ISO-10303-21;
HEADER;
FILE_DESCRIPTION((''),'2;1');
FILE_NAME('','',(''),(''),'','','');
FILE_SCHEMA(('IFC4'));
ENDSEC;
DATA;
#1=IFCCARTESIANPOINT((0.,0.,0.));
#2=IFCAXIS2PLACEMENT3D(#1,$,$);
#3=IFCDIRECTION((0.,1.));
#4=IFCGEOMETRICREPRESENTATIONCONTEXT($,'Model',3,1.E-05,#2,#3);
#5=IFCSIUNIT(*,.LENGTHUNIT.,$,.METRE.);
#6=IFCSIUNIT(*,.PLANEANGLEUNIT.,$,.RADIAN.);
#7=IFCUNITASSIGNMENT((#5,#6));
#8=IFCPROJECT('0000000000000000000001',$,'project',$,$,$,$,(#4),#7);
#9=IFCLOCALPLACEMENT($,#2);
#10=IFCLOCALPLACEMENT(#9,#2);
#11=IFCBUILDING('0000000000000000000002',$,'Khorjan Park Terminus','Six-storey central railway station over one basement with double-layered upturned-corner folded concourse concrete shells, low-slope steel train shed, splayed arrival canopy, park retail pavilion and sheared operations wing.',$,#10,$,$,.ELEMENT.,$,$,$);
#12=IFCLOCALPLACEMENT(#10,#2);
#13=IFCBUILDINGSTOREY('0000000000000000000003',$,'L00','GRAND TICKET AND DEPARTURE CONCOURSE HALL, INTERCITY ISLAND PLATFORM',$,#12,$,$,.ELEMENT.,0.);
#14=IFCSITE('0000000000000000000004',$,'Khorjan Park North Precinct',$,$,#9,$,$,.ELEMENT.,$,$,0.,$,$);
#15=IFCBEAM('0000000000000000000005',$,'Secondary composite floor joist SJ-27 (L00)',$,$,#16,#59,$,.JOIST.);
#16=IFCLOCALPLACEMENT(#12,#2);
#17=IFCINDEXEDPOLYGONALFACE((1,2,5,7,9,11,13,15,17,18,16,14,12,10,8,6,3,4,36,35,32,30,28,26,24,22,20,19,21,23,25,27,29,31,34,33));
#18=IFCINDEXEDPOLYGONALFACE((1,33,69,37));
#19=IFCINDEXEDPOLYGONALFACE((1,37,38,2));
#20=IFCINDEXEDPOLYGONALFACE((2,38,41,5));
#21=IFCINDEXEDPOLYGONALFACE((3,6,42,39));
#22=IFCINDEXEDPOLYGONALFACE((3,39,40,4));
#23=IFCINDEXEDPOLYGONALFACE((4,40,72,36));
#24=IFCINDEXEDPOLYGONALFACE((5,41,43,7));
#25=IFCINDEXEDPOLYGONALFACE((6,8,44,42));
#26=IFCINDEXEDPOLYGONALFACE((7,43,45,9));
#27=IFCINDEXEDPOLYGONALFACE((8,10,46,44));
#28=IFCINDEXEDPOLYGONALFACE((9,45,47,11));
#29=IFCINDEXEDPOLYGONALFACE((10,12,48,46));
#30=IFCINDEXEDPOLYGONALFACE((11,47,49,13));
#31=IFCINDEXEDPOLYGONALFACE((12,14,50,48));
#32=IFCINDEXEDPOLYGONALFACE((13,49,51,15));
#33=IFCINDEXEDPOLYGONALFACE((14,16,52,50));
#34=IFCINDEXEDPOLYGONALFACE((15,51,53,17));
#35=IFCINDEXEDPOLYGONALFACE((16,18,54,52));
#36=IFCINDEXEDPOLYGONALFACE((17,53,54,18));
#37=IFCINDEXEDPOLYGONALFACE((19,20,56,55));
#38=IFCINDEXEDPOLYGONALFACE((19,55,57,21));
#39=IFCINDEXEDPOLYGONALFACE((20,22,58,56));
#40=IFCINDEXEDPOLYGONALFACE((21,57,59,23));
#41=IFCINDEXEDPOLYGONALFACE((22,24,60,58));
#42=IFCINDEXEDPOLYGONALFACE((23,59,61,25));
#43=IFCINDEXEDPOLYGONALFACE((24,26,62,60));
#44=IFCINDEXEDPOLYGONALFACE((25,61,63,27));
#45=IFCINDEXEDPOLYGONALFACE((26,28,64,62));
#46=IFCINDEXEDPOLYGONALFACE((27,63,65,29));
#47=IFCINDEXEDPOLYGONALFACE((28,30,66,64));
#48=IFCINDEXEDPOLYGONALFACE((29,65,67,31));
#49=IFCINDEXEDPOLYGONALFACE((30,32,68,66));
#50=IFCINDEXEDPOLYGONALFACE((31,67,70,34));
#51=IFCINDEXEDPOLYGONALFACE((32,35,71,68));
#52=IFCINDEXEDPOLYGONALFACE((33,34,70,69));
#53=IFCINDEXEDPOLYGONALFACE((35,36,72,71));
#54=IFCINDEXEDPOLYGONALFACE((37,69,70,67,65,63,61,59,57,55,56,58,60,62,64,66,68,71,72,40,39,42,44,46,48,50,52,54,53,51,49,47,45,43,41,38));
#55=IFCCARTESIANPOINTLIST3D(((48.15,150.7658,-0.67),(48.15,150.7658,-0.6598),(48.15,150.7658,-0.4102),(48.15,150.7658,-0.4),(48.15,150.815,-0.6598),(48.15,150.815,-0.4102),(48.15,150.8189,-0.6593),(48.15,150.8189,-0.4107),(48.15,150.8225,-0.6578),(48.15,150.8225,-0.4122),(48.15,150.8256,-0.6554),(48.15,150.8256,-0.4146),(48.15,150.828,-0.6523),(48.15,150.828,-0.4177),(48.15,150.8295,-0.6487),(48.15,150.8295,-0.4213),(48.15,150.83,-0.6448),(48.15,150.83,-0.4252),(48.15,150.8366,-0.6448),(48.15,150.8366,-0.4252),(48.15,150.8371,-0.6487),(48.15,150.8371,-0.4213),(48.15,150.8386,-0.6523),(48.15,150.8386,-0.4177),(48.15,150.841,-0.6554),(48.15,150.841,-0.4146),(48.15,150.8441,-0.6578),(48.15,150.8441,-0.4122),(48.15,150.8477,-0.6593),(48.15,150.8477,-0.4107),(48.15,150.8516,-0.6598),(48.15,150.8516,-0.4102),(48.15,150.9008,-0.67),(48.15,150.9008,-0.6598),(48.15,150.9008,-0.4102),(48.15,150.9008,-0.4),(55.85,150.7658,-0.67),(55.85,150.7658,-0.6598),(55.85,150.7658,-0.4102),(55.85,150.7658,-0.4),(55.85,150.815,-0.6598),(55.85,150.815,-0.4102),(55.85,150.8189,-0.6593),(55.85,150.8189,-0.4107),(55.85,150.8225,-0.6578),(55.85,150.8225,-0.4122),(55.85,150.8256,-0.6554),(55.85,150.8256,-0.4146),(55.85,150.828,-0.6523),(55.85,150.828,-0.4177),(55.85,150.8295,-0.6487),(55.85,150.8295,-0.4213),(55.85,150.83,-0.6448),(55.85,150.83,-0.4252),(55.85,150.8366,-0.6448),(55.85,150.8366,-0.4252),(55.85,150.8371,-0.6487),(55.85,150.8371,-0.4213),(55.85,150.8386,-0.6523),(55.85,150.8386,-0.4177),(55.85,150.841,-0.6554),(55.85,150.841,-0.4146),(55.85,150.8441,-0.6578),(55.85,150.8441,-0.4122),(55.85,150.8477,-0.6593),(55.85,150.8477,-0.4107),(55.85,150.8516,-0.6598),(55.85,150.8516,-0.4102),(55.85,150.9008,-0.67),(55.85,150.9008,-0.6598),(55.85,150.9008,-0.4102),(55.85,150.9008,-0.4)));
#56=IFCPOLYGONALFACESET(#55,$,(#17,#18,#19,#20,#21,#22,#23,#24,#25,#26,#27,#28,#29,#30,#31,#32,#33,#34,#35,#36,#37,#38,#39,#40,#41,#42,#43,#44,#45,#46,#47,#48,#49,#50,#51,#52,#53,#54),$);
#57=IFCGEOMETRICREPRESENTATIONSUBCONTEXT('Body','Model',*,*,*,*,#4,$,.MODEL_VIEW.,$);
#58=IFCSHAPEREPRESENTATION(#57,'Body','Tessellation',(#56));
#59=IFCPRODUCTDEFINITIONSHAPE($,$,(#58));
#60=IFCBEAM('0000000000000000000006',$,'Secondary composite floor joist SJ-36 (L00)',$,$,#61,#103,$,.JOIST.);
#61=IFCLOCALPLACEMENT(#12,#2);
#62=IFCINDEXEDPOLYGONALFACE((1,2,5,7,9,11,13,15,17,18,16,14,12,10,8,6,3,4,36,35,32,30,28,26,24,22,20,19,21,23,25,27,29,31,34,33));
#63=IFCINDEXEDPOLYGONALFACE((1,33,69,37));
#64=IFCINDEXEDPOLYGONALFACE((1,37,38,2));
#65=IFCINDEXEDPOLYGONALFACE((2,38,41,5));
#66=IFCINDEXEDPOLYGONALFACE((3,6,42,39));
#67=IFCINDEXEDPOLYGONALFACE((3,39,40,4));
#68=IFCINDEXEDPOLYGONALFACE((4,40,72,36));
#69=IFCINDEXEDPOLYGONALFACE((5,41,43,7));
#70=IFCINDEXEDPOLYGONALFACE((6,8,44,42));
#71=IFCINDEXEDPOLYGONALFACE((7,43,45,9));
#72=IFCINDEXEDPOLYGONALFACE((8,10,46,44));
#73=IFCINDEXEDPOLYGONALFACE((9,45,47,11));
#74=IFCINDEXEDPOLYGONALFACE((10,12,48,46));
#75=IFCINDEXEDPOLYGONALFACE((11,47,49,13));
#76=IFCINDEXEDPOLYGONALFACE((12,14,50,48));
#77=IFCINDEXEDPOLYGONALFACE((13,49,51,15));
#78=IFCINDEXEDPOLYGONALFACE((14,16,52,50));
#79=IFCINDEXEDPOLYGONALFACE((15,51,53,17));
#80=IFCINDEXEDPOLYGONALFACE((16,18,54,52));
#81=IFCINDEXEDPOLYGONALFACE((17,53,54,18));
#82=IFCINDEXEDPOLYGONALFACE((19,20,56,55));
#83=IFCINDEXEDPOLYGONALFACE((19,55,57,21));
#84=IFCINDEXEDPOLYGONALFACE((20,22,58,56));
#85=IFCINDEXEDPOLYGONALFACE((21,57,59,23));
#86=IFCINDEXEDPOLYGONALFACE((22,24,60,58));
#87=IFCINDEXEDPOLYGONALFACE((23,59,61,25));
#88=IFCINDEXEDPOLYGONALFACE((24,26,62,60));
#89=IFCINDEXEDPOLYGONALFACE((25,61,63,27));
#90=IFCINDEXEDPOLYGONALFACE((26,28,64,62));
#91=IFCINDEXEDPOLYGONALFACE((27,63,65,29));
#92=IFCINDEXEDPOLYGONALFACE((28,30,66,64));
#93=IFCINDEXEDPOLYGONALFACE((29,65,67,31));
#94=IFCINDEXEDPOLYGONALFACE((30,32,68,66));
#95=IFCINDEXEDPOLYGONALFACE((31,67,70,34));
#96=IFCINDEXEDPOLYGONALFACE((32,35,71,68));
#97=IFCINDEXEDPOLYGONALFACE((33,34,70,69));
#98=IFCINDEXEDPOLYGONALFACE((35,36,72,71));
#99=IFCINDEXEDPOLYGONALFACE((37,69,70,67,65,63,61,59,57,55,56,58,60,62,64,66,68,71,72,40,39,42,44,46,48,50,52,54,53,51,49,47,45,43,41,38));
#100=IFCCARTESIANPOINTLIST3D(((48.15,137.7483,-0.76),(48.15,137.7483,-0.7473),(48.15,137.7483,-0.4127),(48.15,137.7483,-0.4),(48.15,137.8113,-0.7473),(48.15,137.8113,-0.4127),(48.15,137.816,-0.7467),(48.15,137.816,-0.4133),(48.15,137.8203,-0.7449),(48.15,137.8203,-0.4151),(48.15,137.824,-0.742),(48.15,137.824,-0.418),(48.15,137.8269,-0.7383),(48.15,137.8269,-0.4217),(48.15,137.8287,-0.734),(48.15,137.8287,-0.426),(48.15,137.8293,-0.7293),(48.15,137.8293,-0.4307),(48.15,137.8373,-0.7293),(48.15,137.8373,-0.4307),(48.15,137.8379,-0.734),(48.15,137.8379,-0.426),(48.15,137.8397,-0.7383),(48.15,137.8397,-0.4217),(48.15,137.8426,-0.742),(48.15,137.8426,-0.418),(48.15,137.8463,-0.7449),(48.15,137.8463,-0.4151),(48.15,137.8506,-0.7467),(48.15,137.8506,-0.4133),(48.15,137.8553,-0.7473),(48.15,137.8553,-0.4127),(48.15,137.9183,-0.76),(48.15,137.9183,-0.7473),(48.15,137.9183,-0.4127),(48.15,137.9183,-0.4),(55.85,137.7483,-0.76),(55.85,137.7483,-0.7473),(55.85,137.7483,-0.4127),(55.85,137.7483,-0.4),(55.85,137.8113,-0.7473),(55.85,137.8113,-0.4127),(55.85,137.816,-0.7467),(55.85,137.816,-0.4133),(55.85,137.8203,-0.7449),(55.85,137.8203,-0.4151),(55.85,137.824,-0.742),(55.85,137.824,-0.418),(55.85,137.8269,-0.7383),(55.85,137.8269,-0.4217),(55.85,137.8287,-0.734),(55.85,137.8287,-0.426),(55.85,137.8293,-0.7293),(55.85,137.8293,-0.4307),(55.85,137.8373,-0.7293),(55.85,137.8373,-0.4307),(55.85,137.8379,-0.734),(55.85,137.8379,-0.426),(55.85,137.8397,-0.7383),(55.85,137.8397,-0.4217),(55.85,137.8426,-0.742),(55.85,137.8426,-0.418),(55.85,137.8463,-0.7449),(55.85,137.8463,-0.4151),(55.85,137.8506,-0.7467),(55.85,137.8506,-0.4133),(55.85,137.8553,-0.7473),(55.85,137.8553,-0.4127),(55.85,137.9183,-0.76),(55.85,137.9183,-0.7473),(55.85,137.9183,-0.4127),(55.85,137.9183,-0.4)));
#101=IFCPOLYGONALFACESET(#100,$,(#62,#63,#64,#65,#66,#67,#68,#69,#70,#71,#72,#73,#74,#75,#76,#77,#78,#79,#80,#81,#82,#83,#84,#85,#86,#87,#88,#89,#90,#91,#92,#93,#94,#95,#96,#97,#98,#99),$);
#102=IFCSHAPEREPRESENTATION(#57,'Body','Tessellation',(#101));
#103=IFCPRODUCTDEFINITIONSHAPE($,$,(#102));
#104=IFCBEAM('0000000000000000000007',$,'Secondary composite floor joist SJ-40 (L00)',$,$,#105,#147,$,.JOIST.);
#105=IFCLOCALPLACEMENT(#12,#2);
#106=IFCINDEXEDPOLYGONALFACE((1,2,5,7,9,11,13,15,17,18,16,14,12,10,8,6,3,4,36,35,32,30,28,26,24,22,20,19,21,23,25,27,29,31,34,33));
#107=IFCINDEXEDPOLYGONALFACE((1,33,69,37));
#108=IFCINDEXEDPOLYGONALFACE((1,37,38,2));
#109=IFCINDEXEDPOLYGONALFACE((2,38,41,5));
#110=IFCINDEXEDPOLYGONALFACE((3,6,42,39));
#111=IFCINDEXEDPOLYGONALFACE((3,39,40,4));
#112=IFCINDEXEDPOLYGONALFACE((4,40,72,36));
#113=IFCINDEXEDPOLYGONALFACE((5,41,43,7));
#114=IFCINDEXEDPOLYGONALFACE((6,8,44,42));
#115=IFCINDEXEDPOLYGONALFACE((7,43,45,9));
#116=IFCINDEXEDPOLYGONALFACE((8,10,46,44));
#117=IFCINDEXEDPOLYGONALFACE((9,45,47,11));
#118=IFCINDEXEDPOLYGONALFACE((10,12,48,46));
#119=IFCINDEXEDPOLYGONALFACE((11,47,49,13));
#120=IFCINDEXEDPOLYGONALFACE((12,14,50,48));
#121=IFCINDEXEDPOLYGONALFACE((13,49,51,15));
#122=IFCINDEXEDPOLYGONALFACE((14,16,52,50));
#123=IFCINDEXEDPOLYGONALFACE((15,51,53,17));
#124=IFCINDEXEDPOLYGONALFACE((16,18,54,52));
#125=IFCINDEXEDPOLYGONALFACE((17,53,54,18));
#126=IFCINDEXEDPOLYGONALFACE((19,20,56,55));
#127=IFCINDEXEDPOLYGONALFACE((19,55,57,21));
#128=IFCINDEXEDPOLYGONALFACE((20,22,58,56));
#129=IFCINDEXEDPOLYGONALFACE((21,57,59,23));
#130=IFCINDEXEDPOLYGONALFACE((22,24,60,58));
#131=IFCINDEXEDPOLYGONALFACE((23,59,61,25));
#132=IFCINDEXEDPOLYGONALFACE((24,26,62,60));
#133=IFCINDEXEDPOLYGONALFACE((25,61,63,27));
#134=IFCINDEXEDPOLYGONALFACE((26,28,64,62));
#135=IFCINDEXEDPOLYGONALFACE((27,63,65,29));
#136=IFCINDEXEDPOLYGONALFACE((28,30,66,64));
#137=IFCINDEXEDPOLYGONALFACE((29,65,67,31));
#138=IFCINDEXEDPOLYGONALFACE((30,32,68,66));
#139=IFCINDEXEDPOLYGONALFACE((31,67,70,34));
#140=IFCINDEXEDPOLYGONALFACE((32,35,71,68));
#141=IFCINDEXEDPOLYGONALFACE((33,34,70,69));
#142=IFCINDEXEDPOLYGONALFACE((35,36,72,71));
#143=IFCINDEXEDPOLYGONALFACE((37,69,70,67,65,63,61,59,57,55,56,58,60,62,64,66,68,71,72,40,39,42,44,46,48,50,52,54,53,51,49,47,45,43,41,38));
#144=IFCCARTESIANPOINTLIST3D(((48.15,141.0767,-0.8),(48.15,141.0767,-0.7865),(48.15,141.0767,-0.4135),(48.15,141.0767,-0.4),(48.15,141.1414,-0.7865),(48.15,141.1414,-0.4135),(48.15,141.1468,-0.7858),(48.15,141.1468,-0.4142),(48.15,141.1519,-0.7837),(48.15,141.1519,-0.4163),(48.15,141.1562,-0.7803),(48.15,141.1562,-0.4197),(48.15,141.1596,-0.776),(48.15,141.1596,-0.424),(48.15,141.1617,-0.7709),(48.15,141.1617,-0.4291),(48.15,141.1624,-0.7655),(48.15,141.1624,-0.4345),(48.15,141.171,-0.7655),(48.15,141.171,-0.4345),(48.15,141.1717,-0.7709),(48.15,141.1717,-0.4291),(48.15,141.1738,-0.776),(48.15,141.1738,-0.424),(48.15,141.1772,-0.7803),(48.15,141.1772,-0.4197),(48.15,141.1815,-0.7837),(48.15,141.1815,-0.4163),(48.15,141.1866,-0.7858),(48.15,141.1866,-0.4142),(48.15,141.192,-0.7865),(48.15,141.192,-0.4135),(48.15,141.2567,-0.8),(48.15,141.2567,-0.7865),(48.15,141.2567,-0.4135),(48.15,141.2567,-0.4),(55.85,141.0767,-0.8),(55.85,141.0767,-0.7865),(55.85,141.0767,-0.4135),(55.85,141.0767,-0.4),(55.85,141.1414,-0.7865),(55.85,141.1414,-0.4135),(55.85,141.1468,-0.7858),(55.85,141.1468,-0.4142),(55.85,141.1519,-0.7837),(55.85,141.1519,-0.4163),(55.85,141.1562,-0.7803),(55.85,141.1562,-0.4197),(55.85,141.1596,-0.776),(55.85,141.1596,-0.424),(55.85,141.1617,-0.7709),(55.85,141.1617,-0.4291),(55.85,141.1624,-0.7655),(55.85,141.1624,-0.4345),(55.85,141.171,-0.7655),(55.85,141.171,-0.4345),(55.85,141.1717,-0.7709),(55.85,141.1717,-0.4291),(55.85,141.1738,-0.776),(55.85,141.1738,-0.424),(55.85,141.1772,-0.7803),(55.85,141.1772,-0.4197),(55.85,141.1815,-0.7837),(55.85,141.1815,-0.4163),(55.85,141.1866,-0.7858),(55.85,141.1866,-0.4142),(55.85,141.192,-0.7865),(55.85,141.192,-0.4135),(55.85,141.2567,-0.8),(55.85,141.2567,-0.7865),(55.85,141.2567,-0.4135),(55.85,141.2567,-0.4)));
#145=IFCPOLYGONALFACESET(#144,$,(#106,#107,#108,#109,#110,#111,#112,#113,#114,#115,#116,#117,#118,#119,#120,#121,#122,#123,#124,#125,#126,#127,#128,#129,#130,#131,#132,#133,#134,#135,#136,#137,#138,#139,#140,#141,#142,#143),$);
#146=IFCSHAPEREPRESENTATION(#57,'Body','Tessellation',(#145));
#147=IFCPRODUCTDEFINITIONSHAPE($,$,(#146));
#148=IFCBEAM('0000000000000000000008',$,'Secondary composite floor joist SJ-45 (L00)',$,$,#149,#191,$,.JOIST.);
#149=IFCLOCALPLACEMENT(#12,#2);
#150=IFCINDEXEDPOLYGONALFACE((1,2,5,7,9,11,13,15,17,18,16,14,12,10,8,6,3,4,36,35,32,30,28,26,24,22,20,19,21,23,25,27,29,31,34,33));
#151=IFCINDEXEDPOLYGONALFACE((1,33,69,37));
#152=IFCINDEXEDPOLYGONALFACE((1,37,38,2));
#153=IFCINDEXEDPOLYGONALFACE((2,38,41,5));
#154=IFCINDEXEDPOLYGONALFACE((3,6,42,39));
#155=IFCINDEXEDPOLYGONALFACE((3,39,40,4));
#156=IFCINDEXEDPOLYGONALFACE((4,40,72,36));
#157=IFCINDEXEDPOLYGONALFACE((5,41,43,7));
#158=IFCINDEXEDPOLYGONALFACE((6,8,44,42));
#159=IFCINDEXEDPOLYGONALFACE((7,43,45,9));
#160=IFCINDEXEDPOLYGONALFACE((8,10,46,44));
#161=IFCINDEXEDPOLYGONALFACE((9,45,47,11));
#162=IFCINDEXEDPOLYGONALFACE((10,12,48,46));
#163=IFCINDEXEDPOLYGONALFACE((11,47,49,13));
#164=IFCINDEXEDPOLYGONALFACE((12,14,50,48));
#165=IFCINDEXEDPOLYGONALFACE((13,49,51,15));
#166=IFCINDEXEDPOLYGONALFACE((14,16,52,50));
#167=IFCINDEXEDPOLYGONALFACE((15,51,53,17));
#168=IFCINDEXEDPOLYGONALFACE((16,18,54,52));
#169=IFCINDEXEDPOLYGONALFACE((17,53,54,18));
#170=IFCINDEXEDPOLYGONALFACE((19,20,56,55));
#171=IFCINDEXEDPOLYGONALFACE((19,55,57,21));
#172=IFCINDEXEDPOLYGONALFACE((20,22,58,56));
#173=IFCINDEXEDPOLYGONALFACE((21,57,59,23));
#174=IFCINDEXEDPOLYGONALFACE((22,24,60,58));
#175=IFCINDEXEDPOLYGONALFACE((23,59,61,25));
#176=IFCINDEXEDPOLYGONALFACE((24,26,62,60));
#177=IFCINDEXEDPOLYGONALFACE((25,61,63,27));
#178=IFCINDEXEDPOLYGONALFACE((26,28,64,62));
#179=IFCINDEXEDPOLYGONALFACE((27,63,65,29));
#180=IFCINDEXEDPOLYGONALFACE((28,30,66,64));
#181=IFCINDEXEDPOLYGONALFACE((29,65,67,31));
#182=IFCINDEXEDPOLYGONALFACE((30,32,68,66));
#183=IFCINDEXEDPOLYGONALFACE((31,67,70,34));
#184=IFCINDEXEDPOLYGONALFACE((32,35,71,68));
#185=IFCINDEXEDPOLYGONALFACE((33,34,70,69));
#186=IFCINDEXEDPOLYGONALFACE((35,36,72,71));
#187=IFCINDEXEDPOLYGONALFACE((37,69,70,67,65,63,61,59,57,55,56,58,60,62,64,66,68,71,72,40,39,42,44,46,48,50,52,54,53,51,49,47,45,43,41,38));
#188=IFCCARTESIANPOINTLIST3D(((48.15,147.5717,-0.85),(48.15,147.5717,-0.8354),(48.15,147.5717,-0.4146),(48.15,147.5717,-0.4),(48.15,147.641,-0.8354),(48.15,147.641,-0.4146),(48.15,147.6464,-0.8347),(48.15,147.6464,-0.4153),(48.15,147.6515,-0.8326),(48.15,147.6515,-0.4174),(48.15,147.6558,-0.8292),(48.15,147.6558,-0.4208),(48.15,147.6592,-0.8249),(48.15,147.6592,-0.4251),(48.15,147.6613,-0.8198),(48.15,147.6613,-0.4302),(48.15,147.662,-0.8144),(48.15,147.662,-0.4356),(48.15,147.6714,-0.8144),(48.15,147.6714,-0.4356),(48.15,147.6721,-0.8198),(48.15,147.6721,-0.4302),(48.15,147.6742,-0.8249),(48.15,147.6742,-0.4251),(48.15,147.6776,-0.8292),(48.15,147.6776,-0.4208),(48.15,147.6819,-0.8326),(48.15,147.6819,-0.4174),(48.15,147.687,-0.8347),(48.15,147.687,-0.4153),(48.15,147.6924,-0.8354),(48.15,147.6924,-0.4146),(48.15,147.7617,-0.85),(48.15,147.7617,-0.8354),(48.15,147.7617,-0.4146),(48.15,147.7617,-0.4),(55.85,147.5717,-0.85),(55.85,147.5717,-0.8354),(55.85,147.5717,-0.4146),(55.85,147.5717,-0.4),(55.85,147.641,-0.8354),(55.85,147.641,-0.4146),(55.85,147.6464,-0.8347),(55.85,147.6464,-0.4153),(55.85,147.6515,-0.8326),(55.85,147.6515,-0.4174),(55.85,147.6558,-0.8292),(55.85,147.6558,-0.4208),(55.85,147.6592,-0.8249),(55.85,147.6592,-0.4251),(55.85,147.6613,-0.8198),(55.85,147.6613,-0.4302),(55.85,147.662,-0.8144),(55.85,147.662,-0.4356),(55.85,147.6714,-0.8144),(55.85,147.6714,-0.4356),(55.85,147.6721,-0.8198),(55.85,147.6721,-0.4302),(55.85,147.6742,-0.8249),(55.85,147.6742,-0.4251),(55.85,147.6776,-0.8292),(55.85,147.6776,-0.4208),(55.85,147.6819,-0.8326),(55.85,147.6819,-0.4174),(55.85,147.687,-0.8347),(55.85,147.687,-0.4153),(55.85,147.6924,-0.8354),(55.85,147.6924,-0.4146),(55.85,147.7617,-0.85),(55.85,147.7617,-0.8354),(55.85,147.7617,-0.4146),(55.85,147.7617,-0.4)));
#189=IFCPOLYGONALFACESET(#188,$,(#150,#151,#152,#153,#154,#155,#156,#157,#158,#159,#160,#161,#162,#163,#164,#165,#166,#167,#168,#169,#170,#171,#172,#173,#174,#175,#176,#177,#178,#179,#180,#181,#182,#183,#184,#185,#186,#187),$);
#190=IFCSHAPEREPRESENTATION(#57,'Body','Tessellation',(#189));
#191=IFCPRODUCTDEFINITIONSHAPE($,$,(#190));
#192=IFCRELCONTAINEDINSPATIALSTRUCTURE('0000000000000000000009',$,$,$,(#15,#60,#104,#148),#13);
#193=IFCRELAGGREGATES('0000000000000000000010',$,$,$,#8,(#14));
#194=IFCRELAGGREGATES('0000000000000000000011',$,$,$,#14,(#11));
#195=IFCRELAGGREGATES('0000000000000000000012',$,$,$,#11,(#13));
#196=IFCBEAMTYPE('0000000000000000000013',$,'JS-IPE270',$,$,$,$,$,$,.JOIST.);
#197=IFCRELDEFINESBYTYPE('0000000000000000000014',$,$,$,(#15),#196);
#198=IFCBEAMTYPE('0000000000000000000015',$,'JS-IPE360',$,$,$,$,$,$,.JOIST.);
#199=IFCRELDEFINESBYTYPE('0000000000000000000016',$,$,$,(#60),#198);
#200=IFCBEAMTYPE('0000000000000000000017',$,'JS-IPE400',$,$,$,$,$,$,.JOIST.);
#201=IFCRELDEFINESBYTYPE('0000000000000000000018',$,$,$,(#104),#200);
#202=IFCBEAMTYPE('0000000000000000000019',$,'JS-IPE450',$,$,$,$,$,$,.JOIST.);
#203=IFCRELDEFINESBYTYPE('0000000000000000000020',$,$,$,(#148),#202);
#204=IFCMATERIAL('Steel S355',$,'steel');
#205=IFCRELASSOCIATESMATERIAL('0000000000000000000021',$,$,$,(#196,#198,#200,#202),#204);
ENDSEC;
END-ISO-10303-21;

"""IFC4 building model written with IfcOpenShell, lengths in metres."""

from ifc_helpers import new_model, si_unit, direction, frame, origin, origin_2d, place, context, subcontext, project, spatial, i_section, extrude, material, material_profile, profile_set, type_object, element, save


model = new_model("IFC4")

# Units and contexts
model_context = context("Model", 3, precision=1e-05, world=origin(), true_north=direction((0.0, 1.0)))
body_context = subcontext(model_context, "Body", "Model", "MODEL_VIEW")
ifc_project = project(units=[si_unit("LENGTHUNIT", "METRE"), si_unit("PLANEANGLEUNIT", "RADIAN")], contexts=[model_context])

# Site, building, storey
site_placement = place(None, origin())
site = spatial("IfcSite", under=ifc_project, at=site_placement, Name="Khorjan Park North Precinct", CompositionType="ELEMENT", RefElevation=0.0)
building_placement = place(site_placement, origin())
building = spatial("IfcBuilding", under=site, at=building_placement, Name="Khorjan Park Terminus", Description="Six-storey central railway station over one basement with double-layered upturned-corner folded concourse concrete shells, low-slope steel train shed, splayed arrival canopy, park retail pavilion and sheared operations wing.", CompositionType="ELEMENT")
storey_placement = place(building_placement, origin())
storey = spatial("IfcBuildingStorey", under=building, at=storey_placement, Name="L00", Description="GRAND TICKET AND DEPARTURE CONCOURSE HALL, INTERCITY ISLAND PLATFORM", CompositionType="ELEMENT", Elevation=0.0)

# Shared definitions
ifc_material = material(Name="Steel S355", Category="steel")

# Beams
ifc_material_profile_1 = material_profile(ifc_material, i_section(OverallWidth=0.135, OverallDepth=0.27, WebThickness=0.0066, FlangeThickness=0.0102, FilletRadius=0.015, at=origin_2d()), Name="IPE 270")
ifc_profile_set_1 = profile_set([ifc_material_profile_1], Name="Steel S355")
beam_type_1 = type_object("IfcBeamType", Name="JS-IPE270", PredefinedType="JOIST", material=ifc_profile_set_1)
beam_1_placement = place(storey_placement, frame((48.15, 150.8333, -0.535), z_axis=(1.0, 0.0, 0.0), x_axis=(0.0, 1.0, 0.0)))
element("IfcBeam", 1, at=beam_1_placement, inside=storey, type_object=beam_type_1, Name="Secondary composite floor joist SJ-27 (L00)", PredefinedType="JOIST", context=body_context, shape_type="SweptSolid", body=[
    extrude(i_section(OverallWidth=0.135, OverallDepth=0.27, WebThickness=0.0066, FlangeThickness=0.0102, FilletRadius=0.015, at=origin_2d()), origin(), (0.0, 0.0, 1.0), 7.7),
])
ifc_material_profile_2 = material_profile(ifc_material, i_section(OverallWidth=0.17, OverallDepth=0.36, WebThickness=0.008, FlangeThickness=0.0127, FilletRadius=0.018, at=origin_2d()), Name="IPE 360")
ifc_profile_set_2 = profile_set([ifc_material_profile_2], Name="Steel S355")
beam_type_2 = type_object("IfcBeamType", Name="JS-IPE360", PredefinedType="JOIST", material=ifc_profile_set_2)
beam_2_placement = place(storey_placement, frame((48.15, 137.8333, -0.58), z_axis=(1.0, 0.0, 0.0), x_axis=(0.0, 1.0, 0.0)))
element("IfcBeam", 2, at=beam_2_placement, inside=storey, type_object=beam_type_2, Name="Secondary composite floor joist SJ-36 (L00)", PredefinedType="JOIST", context=body_context, shape_type="SweptSolid", body=[
    extrude(i_section(OverallWidth=0.17, OverallDepth=0.36, WebThickness=0.008, FlangeThickness=0.0127, FilletRadius=0.018, at=origin_2d()), origin(), (0.0, 0.0, 1.0), 7.7),
])
ifc_material_profile_3 = material_profile(ifc_material, i_section(OverallWidth=0.18, OverallDepth=0.4, WebThickness=0.0086, FlangeThickness=0.0135, FilletRadius=0.021, at=origin_2d()), Name="IPE 400")
ifc_profile_set_3 = profile_set([ifc_material_profile_3], Name="Steel S355")
beam_type_3 = type_object("IfcBeamType", Name="JS-IPE400", PredefinedType="JOIST", material=ifc_profile_set_3)
beam_3_placement = place(storey_placement, frame((48.15, 141.1667, -0.6), z_axis=(1.0, 0.0, 0.0), x_axis=(0.0, 1.0, 0.0)))
element("IfcBeam", 3, at=beam_3_placement, inside=storey, type_object=beam_type_3, Name="Secondary composite floor joist SJ-40 (L00)", PredefinedType="JOIST", context=body_context, shape_type="SweptSolid", body=[
    extrude(i_section(OverallWidth=0.18, OverallDepth=0.4, WebThickness=0.0086, FlangeThickness=0.0135, FilletRadius=0.021, at=origin_2d()), origin(), (0.0, 0.0, 1.0), 7.7),
])
ifc_material_profile_4 = material_profile(ifc_material, i_section(OverallWidth=0.19, OverallDepth=0.45, WebThickness=0.0094, FlangeThickness=0.0146, FilletRadius=0.021, at=origin_2d()), Name="IPE 450")
ifc_profile_set_4 = profile_set([ifc_material_profile_4], Name="Steel S355")
beam_type_4 = type_object("IfcBeamType", Name="JS-IPE450", PredefinedType="JOIST", material=ifc_profile_set_4)
beam_4_placement = place(storey_placement, frame((48.15, 147.6667, -0.625), z_axis=(1.0, 0.0, 0.0), x_axis=(0.0, 1.0, 0.0)))
element("IfcBeam", 4, at=beam_4_placement, inside=storey, type_object=beam_type_4, Name="Secondary composite floor joist SJ-45 (L00)", PredefinedType="JOIST", context=body_context, shape_type="SweptSolid", body=[
    extrude(i_section(OverallWidth=0.19, OverallDepth=0.45, WebThickness=0.0094, FlangeThickness=0.0146, FilletRadius=0.021, at=origin_2d()), origin(), (0.0, 0.0, 1.0), 7.7),
])

save(model, "model.ifc")
